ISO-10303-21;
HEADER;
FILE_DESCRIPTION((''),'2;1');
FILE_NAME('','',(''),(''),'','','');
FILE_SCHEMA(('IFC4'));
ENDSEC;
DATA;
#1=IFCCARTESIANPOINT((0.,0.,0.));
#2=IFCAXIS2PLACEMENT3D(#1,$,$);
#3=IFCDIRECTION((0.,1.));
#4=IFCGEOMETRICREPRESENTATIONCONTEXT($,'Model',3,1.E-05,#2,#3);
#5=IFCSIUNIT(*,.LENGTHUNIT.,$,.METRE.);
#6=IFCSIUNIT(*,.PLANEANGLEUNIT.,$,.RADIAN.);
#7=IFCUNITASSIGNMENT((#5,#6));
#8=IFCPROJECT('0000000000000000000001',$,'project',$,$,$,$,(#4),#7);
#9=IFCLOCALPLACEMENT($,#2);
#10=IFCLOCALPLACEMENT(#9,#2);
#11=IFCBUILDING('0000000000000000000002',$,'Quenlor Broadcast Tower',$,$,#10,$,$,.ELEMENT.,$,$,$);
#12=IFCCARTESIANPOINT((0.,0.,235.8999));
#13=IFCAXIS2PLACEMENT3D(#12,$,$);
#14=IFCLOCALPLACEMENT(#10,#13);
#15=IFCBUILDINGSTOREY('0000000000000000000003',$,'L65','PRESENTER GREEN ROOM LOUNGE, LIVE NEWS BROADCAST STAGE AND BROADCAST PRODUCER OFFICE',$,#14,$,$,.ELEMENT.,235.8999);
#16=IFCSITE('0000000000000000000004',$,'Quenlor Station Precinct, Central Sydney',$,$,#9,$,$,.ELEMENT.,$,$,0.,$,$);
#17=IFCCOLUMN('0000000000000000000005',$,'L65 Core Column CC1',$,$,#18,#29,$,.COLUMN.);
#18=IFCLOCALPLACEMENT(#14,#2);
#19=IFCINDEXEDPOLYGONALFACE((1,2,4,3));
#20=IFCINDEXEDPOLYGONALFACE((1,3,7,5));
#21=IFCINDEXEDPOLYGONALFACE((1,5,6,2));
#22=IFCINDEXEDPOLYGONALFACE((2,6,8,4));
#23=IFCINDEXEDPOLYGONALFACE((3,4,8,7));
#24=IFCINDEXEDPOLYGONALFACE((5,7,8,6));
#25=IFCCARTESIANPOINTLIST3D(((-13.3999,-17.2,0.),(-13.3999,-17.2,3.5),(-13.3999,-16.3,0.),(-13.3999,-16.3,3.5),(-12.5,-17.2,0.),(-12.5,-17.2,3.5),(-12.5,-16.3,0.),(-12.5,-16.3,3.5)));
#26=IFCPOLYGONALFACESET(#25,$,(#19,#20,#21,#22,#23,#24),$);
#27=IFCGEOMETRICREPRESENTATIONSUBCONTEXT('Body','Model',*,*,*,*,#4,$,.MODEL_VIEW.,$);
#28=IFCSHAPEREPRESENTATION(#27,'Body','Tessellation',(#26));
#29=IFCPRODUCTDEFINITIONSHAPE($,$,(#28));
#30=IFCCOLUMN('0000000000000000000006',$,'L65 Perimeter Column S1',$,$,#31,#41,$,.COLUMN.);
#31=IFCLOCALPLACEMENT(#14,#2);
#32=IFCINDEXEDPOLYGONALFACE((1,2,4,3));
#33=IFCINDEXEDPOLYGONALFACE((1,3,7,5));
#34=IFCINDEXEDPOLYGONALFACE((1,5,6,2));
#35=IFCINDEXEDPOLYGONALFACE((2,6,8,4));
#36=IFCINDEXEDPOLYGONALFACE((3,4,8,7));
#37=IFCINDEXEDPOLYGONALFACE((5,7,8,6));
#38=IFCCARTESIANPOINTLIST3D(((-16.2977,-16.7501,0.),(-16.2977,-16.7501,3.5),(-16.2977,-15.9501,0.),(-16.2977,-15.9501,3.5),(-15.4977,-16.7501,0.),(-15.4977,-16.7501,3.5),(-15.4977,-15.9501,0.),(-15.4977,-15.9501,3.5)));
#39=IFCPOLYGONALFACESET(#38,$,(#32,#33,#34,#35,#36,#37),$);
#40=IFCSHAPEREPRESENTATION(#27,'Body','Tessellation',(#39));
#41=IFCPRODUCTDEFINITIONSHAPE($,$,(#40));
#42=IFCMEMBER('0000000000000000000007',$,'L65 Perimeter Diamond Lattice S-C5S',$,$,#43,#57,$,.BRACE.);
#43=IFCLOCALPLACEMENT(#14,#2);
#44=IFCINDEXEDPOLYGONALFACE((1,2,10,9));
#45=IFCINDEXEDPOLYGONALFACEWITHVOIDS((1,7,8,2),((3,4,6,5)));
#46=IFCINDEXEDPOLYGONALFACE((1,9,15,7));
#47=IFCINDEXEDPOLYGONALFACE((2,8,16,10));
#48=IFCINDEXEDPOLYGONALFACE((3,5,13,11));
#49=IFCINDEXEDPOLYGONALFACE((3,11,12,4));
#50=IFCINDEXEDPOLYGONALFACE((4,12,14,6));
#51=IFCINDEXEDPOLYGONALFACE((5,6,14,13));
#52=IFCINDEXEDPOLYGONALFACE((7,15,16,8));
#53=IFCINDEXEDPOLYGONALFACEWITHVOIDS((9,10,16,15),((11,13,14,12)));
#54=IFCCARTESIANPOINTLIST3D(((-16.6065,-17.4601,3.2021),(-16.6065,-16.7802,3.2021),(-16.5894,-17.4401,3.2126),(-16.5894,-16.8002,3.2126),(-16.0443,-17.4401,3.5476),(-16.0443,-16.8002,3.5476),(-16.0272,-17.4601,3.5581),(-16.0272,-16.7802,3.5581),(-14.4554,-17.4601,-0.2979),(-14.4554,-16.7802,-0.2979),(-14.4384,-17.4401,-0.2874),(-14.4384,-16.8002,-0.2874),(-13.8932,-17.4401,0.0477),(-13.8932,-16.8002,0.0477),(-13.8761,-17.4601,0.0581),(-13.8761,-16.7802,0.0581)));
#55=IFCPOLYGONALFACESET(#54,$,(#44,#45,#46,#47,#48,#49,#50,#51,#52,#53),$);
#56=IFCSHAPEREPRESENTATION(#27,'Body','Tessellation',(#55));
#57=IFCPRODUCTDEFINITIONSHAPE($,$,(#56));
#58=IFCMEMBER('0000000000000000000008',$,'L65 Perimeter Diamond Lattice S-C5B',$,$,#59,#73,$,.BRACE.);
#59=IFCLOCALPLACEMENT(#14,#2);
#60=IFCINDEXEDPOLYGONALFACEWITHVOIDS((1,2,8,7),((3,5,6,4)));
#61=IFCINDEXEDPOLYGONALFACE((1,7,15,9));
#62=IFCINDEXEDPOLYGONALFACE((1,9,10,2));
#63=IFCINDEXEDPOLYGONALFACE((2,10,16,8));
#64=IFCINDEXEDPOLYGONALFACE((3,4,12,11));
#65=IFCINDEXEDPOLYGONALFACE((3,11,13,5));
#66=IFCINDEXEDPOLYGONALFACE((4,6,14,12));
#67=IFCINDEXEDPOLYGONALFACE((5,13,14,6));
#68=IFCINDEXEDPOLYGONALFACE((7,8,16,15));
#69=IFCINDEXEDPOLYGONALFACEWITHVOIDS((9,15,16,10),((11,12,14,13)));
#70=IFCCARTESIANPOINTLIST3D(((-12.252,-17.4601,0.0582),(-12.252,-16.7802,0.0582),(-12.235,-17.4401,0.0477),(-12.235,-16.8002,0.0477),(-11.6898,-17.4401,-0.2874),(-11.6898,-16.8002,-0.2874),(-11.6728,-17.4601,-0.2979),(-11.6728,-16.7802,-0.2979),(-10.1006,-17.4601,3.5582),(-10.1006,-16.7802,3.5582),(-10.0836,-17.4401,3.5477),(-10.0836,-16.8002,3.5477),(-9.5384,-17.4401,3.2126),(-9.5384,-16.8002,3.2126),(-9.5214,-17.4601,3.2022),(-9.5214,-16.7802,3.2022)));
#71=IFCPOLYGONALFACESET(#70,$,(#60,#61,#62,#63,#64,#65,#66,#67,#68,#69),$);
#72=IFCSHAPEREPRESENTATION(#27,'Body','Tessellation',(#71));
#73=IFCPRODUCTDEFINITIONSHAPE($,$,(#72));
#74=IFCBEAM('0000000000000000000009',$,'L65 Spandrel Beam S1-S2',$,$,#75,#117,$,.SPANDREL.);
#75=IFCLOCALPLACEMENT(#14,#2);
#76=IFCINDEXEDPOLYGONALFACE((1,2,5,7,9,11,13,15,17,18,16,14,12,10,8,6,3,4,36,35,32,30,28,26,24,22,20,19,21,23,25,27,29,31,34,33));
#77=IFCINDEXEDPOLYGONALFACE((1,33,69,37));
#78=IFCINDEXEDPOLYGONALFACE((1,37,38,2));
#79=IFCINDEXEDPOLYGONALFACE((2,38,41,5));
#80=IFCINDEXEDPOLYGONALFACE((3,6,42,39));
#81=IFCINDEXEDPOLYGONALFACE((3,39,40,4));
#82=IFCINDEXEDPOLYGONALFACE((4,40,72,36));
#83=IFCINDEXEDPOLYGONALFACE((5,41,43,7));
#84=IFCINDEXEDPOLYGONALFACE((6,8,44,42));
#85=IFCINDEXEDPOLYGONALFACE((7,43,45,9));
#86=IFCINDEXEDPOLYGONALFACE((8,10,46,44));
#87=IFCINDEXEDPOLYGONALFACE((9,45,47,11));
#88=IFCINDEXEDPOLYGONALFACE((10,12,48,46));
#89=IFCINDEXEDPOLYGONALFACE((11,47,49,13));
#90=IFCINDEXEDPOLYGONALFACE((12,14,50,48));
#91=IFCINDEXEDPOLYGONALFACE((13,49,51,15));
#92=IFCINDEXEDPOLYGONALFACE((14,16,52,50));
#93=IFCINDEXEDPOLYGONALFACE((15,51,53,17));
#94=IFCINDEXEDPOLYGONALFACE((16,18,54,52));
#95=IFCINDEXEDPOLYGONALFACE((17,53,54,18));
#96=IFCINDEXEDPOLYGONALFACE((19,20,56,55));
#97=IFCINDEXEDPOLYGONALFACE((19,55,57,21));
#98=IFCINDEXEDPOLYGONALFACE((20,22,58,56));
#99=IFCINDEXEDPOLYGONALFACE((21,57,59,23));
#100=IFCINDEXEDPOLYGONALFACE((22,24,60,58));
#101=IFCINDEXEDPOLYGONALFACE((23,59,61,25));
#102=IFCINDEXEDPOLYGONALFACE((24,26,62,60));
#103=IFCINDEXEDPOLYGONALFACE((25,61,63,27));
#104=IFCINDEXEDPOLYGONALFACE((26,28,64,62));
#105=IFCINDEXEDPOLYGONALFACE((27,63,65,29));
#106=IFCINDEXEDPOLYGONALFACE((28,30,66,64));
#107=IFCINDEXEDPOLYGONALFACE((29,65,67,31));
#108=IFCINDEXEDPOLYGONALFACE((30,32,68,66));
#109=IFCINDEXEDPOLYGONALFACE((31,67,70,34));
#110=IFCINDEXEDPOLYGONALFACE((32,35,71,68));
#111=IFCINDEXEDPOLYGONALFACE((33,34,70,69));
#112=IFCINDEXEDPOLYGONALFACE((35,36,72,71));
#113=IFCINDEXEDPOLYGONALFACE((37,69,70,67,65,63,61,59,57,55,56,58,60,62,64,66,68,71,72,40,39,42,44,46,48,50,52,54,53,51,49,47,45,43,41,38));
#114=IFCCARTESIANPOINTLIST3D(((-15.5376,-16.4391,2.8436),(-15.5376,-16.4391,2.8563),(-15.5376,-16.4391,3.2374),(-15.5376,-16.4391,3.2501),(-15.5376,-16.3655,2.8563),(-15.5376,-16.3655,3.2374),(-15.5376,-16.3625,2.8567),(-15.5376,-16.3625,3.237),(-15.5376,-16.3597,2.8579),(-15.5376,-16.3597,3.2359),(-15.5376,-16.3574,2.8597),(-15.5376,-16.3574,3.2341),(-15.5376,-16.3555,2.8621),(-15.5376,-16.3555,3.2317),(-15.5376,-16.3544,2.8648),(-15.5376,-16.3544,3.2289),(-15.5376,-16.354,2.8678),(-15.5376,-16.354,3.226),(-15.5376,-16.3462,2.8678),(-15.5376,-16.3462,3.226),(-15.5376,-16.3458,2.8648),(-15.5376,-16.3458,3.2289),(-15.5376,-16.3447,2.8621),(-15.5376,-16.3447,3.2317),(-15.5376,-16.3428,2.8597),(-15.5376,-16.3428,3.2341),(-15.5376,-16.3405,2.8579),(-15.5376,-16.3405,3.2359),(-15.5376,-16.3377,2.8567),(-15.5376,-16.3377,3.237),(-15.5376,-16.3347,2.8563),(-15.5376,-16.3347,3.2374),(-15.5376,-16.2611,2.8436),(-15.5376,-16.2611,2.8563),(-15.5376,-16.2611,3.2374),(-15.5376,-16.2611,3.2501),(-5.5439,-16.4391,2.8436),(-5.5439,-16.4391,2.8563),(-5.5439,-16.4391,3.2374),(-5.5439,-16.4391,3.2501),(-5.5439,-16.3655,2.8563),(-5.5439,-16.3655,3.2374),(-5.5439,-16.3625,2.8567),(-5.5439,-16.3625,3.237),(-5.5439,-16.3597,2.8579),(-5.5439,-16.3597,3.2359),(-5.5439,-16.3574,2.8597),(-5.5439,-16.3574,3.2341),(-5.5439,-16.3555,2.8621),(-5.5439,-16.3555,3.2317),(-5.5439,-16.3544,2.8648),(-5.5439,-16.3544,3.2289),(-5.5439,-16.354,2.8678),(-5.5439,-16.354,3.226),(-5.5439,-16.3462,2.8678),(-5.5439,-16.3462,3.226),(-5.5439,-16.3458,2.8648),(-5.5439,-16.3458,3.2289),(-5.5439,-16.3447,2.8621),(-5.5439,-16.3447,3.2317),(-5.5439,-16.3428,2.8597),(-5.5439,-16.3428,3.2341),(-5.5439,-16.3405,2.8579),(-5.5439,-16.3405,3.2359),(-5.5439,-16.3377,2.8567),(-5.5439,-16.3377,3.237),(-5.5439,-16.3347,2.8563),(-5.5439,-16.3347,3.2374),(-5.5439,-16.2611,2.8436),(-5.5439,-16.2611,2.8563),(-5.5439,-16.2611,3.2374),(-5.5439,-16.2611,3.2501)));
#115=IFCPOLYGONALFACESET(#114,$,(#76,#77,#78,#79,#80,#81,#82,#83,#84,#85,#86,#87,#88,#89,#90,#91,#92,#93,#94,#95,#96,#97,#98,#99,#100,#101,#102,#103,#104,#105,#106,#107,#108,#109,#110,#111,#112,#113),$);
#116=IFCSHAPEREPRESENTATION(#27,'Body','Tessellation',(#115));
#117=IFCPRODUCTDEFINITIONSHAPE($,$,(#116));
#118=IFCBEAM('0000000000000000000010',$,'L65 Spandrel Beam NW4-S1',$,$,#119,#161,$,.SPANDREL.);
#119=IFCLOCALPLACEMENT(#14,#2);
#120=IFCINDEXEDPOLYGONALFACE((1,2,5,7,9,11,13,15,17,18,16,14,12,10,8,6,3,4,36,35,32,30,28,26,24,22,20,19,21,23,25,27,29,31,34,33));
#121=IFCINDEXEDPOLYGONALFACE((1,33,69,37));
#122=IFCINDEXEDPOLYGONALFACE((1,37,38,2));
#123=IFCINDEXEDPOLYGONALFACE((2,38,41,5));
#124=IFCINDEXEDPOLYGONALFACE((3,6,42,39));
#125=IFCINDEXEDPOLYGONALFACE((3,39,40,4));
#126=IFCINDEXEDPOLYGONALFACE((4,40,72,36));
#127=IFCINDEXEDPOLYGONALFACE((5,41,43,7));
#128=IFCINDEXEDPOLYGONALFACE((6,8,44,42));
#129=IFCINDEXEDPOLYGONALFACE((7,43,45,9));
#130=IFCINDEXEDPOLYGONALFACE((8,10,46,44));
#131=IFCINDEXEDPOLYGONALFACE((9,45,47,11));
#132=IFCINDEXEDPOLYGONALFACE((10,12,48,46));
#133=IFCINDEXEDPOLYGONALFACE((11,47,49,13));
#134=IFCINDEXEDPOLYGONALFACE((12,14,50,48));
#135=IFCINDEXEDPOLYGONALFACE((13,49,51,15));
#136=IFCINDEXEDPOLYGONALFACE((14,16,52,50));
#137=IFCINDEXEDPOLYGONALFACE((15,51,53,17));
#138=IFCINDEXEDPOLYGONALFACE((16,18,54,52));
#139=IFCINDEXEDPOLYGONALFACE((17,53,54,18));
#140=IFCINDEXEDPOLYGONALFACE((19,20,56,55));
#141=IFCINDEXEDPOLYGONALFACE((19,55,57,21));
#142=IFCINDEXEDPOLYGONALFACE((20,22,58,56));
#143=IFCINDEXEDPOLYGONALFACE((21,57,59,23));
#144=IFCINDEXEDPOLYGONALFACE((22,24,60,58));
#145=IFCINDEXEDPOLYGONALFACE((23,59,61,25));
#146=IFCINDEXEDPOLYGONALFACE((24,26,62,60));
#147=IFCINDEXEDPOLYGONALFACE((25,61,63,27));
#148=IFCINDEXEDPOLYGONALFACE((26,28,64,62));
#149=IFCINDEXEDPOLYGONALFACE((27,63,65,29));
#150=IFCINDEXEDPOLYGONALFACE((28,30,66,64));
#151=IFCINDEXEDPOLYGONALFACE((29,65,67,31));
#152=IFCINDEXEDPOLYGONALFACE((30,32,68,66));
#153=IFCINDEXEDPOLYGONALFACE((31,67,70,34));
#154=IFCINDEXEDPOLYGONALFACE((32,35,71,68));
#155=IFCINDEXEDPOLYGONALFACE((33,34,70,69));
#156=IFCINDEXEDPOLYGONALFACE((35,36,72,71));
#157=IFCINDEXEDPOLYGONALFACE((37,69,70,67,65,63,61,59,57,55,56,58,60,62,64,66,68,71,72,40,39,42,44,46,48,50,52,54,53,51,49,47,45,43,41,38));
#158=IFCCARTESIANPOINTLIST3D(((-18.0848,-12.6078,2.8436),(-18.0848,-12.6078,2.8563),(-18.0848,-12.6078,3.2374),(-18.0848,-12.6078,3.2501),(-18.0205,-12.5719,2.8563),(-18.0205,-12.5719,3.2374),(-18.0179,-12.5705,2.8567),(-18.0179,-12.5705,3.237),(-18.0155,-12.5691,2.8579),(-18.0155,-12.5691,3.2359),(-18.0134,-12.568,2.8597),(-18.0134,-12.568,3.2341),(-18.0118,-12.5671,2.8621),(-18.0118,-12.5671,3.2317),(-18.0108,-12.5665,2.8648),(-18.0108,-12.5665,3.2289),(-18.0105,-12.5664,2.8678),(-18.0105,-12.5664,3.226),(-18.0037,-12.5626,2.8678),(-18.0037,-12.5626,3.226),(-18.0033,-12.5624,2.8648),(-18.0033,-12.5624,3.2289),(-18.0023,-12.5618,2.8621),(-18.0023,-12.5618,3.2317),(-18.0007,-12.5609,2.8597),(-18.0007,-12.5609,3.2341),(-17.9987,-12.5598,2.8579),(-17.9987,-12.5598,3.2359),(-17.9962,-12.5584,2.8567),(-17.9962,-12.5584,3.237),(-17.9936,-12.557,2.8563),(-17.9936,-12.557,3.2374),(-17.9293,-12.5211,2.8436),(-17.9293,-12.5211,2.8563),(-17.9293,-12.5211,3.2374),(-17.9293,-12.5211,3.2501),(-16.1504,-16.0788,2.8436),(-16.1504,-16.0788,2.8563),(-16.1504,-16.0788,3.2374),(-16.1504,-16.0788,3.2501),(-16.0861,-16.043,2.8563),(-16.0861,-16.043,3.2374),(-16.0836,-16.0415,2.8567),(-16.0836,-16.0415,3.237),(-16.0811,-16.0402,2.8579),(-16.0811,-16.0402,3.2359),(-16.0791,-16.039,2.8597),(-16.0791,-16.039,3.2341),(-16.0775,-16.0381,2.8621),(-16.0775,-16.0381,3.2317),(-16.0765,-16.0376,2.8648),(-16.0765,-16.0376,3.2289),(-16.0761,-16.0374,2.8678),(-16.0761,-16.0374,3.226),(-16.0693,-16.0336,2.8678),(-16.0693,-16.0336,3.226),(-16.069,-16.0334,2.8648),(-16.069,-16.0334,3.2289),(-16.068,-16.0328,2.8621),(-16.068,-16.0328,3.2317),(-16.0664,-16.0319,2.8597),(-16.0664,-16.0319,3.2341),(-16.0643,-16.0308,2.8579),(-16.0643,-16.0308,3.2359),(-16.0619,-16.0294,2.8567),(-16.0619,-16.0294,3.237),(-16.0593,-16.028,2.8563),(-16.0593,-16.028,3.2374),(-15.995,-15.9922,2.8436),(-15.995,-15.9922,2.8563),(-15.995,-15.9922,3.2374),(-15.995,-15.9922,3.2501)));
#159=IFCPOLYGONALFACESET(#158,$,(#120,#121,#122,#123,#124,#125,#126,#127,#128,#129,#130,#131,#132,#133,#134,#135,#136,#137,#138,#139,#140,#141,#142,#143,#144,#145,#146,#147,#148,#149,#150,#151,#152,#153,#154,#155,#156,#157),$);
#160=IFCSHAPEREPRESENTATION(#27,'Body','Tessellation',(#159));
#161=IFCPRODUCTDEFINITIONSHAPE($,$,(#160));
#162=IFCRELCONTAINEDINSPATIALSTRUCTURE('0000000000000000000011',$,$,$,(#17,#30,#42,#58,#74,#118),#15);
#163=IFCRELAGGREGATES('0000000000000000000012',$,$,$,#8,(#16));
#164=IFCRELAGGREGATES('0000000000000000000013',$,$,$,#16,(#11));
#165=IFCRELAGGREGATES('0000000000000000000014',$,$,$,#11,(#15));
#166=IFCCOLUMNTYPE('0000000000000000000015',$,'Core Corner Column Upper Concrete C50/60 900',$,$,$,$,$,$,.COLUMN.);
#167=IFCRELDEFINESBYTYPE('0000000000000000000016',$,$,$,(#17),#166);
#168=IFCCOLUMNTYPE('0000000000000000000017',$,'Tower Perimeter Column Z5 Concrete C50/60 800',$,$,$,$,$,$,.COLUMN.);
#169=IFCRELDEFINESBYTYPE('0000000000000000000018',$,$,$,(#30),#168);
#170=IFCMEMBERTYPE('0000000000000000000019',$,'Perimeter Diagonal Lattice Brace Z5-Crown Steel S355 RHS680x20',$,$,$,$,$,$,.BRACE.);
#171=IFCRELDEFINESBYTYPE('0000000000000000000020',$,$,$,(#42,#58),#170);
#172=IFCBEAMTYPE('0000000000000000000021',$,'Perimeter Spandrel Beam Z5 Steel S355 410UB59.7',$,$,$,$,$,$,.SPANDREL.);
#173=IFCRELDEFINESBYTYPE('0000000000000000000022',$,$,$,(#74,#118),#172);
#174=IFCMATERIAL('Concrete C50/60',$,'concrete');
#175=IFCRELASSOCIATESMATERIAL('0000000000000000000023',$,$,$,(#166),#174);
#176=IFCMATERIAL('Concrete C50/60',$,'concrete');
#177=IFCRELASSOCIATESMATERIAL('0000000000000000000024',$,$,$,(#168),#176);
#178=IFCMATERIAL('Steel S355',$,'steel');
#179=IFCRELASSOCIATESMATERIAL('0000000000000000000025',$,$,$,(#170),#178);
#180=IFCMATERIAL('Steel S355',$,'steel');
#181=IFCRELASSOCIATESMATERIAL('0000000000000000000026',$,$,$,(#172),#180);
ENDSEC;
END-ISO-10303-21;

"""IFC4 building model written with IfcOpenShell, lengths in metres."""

from ifc_helpers import new_model, si_unit, direction, frame, origin, origin_2d, place, context, subcontext, project, spatial, rectangle, hollow_rectangle, i_section, extrude, material, material_profile, profile_set, type_object, element, save


model = new_model("IFC4")

# Units and contexts
model_context = context("Model", 3, precision=1e-05, world=origin(), true_north=direction((0.0, 1.0)))
body_context = subcontext(model_context, "Body", "Model", "MODEL_VIEW")
ifc_project = project(units=[si_unit("LENGTHUNIT", "METRE"), si_unit("PLANEANGLEUNIT", "RADIAN")], contexts=[model_context])

# Site, building, storey
site_placement = place(None, origin())
site = spatial("IfcSite", under=ifc_project, at=site_placement, Name="Quenlor Station Precinct, Central Sydney", CompositionType="ELEMENT", RefElevation=0.0)
building_placement = place(site_placement, origin())
building = spatial("IfcBuilding", under=site, at=building_placement, Name="Quenlor Broadcast Tower", CompositionType="ELEMENT")
storey_placement = place(building_placement, frame((0.0, 0.0, 235.8999)))
storey = spatial("IfcBuildingStorey", under=building, at=storey_placement, Name="L65", Description="PRESENTER GREEN ROOM LOUNGE, LIVE NEWS BROADCAST STAGE AND BROADCAST PRODUCER OFFICE", CompositionType="ELEMENT", Elevation=235.8999)

# Columns
ifc_material_1 = material(Name="Concrete C50/60", Category="concrete")
ifc_material_profile_1 = material_profile(ifc_material_1, rectangle(XDim=0.8999, YDim=0.8999, at=origin_2d()))
ifc_profile_set_1 = profile_set([ifc_material_profile_1], Name="Concrete C50/60 RC900x900")
column_type_1 = type_object("IfcColumnType", Name="Core Corner Column Upper Concrete C50/60 900", PredefinedType="COLUMN", material=ifc_profile_set_1)
column_1_placement = place(storey_placement, frame((-12.95, -16.75, 0.0), z_axis=(0.0, 0.0, 1.0), x_axis=(1.0, 0.0, 0.0)))
element("IfcColumn", 1, at=column_1_placement, inside=storey, type_object=column_type_1, Name="L65 Core Column CC1", PredefinedType="COLUMN", context=body_context, shape_type="SweptSolid", body=[
    extrude(rectangle(XDim=0.8999, YDim=0.8999, at=origin_2d()), origin(), (0.0, 0.0, 1.0), 3.5),
])
ifc_material_2 = material(Name="Concrete C50/60", Category="concrete")
ifc_material_profile_2 = material_profile(ifc_material_2, rectangle(XDim=0.8, YDim=0.8, at=origin_2d()))
ifc_profile_set_2 = profile_set([ifc_material_profile_2], Name="Concrete C50/60 RC800x800")
column_type_2 = type_object("IfcColumnType", Name="Tower Perimeter Column Z5 Concrete C50/60 800", PredefinedType="COLUMN", material=ifc_profile_set_2)
column_2_placement = place(storey_placement, frame((-15.8977, -16.3501, 0.0), z_axis=(0.0, 0.0, 1.0), x_axis=(0.0, 1.0, 0.0)))
element("IfcColumn", 2, at=column_2_placement, inside=storey, type_object=column_type_2, Name="L65 Perimeter Column S1", PredefinedType="COLUMN", context=body_context, shape_type="SweptSolid", body=[
    extrude(rectangle(XDim=0.8, YDim=0.8, at=origin_2d()), origin(), (0.0, 0.0, 1.0), 3.5),
])

# Members
ifc_material_3 = material(Name="Steel S355", Category="steel")
ifc_material_profile_3 = material_profile(ifc_material_3, hollow_rectangle(XDim=0.6799, YDim=0.6799, WallThickness=0.02, at=origin_2d()))
ifc_profile_set_3 = profile_set([ifc_material_profile_3], Name="Steel S355 RHS680x680x20")
member_type = type_object("IfcMemberType", Name="Perimeter Diagonal Lattice Brace Z5-Crown Steel S355 RHS680x20", PredefinedType="BRACE", material=ifc_profile_set_3)
member_1_placement = place(storey_placement, frame((-14.1658, -17.1201, -0.1199), z_axis=(-0.523617, 0.0, 0.851954), x_axis=(0.0, -1.0, 0.0)))
element("IfcMember", 3, at=member_1_placement, inside=storey, type_object=member_type, Name="L65 Perimeter Diamond Lattice S-C5S", PredefinedType="BRACE", context=body_context, shape_type="SweptSolid", body=[
    extrude(hollow_rectangle(XDim=0.6799, YDim=0.6799, WallThickness=0.02, at=origin_2d()), origin(), (0.0, 0.0, 1.0), 4.1082),
])
member_2_placement = place(storey_placement, frame((-11.9624, -17.1201, -0.1199), z_axis=(0.52366, 0.0, 0.851928), x_axis=(0.0, 1.0, 0.0)))
element("IfcMember", 4, at=member_2_placement, inside=storey, type_object=member_type, Name="L65 Perimeter Diamond Lattice S-C5B", PredefinedType="BRACE", context=body_context, shape_type="SweptSolid", body=[
    extrude(hollow_rectangle(XDim=0.6799, YDim=0.6799, WallThickness=0.02, at=origin_2d()), origin(), (0.0, 0.0, 1.0), 4.1084),
])

# Beams
ifc_material_4 = material(Name="Steel S355", Category="steel")
ifc_material_profile_4 = material_profile(ifc_material_4, i_section(OverallWidth=0.178, OverallDepth=0.4065, WebThickness=0.0078, FlangeThickness=0.0127, FilletRadius=0.0115, at=origin_2d()))
ifc_profile_set_4 = profile_set([ifc_material_profile_4], Name="Steel S355 410UB59.7")
beam_type_1 = type_object("IfcBeamType", Name="Perimeter Spandrel Beam Z5 Steel S355 410UB59.7", PredefinedType="SPANDREL", material=ifc_profile_set_4)
beam_1_placement = place(storey_placement, frame((-15.5376, -16.3501, 3.0469), z_axis=(1.0, 0.0, 0.0), x_axis=(0.0, 1.0, 0.0)))
element("IfcBeam", 5, at=beam_1_placement, inside=storey, type_object=beam_type_1, Name="L65 Spandrel Beam S1-S2", PredefinedType="SPANDREL", context=body_context, shape_type="SweptSolid", body=[
    extrude(i_section(OverallWidth=0.178, OverallDepth=0.4065, WebThickness=0.0078, FlangeThickness=0.0127, FilletRadius=0.0115, at=origin_2d()), origin(), (0.0, 0.0, 1.0), 9.9937),
])
beam_2_placement = place(storey_placement, frame((-18.0071, -12.5645, 3.0469), z_axis=(0.486801, -0.873513, 0.0), x_axis=(0.873513, 0.486801, 0.0)))
element("IfcBeam", 6, at=beam_2_placement, inside=storey, type_object=beam_type_1, Name="L65 Spandrel Beam NW4-S1", PredefinedType="SPANDREL", context=body_context, shape_type="SweptSolid", body=[
    extrude(i_section(OverallWidth=0.178, OverallDepth=0.4065, WebThickness=0.0078, FlangeThickness=0.0127, FilletRadius=0.0115, at=origin_2d()), origin(), (0.0, 0.0, 1.0), 3.9736),
])

save(model, "model.ifc")
